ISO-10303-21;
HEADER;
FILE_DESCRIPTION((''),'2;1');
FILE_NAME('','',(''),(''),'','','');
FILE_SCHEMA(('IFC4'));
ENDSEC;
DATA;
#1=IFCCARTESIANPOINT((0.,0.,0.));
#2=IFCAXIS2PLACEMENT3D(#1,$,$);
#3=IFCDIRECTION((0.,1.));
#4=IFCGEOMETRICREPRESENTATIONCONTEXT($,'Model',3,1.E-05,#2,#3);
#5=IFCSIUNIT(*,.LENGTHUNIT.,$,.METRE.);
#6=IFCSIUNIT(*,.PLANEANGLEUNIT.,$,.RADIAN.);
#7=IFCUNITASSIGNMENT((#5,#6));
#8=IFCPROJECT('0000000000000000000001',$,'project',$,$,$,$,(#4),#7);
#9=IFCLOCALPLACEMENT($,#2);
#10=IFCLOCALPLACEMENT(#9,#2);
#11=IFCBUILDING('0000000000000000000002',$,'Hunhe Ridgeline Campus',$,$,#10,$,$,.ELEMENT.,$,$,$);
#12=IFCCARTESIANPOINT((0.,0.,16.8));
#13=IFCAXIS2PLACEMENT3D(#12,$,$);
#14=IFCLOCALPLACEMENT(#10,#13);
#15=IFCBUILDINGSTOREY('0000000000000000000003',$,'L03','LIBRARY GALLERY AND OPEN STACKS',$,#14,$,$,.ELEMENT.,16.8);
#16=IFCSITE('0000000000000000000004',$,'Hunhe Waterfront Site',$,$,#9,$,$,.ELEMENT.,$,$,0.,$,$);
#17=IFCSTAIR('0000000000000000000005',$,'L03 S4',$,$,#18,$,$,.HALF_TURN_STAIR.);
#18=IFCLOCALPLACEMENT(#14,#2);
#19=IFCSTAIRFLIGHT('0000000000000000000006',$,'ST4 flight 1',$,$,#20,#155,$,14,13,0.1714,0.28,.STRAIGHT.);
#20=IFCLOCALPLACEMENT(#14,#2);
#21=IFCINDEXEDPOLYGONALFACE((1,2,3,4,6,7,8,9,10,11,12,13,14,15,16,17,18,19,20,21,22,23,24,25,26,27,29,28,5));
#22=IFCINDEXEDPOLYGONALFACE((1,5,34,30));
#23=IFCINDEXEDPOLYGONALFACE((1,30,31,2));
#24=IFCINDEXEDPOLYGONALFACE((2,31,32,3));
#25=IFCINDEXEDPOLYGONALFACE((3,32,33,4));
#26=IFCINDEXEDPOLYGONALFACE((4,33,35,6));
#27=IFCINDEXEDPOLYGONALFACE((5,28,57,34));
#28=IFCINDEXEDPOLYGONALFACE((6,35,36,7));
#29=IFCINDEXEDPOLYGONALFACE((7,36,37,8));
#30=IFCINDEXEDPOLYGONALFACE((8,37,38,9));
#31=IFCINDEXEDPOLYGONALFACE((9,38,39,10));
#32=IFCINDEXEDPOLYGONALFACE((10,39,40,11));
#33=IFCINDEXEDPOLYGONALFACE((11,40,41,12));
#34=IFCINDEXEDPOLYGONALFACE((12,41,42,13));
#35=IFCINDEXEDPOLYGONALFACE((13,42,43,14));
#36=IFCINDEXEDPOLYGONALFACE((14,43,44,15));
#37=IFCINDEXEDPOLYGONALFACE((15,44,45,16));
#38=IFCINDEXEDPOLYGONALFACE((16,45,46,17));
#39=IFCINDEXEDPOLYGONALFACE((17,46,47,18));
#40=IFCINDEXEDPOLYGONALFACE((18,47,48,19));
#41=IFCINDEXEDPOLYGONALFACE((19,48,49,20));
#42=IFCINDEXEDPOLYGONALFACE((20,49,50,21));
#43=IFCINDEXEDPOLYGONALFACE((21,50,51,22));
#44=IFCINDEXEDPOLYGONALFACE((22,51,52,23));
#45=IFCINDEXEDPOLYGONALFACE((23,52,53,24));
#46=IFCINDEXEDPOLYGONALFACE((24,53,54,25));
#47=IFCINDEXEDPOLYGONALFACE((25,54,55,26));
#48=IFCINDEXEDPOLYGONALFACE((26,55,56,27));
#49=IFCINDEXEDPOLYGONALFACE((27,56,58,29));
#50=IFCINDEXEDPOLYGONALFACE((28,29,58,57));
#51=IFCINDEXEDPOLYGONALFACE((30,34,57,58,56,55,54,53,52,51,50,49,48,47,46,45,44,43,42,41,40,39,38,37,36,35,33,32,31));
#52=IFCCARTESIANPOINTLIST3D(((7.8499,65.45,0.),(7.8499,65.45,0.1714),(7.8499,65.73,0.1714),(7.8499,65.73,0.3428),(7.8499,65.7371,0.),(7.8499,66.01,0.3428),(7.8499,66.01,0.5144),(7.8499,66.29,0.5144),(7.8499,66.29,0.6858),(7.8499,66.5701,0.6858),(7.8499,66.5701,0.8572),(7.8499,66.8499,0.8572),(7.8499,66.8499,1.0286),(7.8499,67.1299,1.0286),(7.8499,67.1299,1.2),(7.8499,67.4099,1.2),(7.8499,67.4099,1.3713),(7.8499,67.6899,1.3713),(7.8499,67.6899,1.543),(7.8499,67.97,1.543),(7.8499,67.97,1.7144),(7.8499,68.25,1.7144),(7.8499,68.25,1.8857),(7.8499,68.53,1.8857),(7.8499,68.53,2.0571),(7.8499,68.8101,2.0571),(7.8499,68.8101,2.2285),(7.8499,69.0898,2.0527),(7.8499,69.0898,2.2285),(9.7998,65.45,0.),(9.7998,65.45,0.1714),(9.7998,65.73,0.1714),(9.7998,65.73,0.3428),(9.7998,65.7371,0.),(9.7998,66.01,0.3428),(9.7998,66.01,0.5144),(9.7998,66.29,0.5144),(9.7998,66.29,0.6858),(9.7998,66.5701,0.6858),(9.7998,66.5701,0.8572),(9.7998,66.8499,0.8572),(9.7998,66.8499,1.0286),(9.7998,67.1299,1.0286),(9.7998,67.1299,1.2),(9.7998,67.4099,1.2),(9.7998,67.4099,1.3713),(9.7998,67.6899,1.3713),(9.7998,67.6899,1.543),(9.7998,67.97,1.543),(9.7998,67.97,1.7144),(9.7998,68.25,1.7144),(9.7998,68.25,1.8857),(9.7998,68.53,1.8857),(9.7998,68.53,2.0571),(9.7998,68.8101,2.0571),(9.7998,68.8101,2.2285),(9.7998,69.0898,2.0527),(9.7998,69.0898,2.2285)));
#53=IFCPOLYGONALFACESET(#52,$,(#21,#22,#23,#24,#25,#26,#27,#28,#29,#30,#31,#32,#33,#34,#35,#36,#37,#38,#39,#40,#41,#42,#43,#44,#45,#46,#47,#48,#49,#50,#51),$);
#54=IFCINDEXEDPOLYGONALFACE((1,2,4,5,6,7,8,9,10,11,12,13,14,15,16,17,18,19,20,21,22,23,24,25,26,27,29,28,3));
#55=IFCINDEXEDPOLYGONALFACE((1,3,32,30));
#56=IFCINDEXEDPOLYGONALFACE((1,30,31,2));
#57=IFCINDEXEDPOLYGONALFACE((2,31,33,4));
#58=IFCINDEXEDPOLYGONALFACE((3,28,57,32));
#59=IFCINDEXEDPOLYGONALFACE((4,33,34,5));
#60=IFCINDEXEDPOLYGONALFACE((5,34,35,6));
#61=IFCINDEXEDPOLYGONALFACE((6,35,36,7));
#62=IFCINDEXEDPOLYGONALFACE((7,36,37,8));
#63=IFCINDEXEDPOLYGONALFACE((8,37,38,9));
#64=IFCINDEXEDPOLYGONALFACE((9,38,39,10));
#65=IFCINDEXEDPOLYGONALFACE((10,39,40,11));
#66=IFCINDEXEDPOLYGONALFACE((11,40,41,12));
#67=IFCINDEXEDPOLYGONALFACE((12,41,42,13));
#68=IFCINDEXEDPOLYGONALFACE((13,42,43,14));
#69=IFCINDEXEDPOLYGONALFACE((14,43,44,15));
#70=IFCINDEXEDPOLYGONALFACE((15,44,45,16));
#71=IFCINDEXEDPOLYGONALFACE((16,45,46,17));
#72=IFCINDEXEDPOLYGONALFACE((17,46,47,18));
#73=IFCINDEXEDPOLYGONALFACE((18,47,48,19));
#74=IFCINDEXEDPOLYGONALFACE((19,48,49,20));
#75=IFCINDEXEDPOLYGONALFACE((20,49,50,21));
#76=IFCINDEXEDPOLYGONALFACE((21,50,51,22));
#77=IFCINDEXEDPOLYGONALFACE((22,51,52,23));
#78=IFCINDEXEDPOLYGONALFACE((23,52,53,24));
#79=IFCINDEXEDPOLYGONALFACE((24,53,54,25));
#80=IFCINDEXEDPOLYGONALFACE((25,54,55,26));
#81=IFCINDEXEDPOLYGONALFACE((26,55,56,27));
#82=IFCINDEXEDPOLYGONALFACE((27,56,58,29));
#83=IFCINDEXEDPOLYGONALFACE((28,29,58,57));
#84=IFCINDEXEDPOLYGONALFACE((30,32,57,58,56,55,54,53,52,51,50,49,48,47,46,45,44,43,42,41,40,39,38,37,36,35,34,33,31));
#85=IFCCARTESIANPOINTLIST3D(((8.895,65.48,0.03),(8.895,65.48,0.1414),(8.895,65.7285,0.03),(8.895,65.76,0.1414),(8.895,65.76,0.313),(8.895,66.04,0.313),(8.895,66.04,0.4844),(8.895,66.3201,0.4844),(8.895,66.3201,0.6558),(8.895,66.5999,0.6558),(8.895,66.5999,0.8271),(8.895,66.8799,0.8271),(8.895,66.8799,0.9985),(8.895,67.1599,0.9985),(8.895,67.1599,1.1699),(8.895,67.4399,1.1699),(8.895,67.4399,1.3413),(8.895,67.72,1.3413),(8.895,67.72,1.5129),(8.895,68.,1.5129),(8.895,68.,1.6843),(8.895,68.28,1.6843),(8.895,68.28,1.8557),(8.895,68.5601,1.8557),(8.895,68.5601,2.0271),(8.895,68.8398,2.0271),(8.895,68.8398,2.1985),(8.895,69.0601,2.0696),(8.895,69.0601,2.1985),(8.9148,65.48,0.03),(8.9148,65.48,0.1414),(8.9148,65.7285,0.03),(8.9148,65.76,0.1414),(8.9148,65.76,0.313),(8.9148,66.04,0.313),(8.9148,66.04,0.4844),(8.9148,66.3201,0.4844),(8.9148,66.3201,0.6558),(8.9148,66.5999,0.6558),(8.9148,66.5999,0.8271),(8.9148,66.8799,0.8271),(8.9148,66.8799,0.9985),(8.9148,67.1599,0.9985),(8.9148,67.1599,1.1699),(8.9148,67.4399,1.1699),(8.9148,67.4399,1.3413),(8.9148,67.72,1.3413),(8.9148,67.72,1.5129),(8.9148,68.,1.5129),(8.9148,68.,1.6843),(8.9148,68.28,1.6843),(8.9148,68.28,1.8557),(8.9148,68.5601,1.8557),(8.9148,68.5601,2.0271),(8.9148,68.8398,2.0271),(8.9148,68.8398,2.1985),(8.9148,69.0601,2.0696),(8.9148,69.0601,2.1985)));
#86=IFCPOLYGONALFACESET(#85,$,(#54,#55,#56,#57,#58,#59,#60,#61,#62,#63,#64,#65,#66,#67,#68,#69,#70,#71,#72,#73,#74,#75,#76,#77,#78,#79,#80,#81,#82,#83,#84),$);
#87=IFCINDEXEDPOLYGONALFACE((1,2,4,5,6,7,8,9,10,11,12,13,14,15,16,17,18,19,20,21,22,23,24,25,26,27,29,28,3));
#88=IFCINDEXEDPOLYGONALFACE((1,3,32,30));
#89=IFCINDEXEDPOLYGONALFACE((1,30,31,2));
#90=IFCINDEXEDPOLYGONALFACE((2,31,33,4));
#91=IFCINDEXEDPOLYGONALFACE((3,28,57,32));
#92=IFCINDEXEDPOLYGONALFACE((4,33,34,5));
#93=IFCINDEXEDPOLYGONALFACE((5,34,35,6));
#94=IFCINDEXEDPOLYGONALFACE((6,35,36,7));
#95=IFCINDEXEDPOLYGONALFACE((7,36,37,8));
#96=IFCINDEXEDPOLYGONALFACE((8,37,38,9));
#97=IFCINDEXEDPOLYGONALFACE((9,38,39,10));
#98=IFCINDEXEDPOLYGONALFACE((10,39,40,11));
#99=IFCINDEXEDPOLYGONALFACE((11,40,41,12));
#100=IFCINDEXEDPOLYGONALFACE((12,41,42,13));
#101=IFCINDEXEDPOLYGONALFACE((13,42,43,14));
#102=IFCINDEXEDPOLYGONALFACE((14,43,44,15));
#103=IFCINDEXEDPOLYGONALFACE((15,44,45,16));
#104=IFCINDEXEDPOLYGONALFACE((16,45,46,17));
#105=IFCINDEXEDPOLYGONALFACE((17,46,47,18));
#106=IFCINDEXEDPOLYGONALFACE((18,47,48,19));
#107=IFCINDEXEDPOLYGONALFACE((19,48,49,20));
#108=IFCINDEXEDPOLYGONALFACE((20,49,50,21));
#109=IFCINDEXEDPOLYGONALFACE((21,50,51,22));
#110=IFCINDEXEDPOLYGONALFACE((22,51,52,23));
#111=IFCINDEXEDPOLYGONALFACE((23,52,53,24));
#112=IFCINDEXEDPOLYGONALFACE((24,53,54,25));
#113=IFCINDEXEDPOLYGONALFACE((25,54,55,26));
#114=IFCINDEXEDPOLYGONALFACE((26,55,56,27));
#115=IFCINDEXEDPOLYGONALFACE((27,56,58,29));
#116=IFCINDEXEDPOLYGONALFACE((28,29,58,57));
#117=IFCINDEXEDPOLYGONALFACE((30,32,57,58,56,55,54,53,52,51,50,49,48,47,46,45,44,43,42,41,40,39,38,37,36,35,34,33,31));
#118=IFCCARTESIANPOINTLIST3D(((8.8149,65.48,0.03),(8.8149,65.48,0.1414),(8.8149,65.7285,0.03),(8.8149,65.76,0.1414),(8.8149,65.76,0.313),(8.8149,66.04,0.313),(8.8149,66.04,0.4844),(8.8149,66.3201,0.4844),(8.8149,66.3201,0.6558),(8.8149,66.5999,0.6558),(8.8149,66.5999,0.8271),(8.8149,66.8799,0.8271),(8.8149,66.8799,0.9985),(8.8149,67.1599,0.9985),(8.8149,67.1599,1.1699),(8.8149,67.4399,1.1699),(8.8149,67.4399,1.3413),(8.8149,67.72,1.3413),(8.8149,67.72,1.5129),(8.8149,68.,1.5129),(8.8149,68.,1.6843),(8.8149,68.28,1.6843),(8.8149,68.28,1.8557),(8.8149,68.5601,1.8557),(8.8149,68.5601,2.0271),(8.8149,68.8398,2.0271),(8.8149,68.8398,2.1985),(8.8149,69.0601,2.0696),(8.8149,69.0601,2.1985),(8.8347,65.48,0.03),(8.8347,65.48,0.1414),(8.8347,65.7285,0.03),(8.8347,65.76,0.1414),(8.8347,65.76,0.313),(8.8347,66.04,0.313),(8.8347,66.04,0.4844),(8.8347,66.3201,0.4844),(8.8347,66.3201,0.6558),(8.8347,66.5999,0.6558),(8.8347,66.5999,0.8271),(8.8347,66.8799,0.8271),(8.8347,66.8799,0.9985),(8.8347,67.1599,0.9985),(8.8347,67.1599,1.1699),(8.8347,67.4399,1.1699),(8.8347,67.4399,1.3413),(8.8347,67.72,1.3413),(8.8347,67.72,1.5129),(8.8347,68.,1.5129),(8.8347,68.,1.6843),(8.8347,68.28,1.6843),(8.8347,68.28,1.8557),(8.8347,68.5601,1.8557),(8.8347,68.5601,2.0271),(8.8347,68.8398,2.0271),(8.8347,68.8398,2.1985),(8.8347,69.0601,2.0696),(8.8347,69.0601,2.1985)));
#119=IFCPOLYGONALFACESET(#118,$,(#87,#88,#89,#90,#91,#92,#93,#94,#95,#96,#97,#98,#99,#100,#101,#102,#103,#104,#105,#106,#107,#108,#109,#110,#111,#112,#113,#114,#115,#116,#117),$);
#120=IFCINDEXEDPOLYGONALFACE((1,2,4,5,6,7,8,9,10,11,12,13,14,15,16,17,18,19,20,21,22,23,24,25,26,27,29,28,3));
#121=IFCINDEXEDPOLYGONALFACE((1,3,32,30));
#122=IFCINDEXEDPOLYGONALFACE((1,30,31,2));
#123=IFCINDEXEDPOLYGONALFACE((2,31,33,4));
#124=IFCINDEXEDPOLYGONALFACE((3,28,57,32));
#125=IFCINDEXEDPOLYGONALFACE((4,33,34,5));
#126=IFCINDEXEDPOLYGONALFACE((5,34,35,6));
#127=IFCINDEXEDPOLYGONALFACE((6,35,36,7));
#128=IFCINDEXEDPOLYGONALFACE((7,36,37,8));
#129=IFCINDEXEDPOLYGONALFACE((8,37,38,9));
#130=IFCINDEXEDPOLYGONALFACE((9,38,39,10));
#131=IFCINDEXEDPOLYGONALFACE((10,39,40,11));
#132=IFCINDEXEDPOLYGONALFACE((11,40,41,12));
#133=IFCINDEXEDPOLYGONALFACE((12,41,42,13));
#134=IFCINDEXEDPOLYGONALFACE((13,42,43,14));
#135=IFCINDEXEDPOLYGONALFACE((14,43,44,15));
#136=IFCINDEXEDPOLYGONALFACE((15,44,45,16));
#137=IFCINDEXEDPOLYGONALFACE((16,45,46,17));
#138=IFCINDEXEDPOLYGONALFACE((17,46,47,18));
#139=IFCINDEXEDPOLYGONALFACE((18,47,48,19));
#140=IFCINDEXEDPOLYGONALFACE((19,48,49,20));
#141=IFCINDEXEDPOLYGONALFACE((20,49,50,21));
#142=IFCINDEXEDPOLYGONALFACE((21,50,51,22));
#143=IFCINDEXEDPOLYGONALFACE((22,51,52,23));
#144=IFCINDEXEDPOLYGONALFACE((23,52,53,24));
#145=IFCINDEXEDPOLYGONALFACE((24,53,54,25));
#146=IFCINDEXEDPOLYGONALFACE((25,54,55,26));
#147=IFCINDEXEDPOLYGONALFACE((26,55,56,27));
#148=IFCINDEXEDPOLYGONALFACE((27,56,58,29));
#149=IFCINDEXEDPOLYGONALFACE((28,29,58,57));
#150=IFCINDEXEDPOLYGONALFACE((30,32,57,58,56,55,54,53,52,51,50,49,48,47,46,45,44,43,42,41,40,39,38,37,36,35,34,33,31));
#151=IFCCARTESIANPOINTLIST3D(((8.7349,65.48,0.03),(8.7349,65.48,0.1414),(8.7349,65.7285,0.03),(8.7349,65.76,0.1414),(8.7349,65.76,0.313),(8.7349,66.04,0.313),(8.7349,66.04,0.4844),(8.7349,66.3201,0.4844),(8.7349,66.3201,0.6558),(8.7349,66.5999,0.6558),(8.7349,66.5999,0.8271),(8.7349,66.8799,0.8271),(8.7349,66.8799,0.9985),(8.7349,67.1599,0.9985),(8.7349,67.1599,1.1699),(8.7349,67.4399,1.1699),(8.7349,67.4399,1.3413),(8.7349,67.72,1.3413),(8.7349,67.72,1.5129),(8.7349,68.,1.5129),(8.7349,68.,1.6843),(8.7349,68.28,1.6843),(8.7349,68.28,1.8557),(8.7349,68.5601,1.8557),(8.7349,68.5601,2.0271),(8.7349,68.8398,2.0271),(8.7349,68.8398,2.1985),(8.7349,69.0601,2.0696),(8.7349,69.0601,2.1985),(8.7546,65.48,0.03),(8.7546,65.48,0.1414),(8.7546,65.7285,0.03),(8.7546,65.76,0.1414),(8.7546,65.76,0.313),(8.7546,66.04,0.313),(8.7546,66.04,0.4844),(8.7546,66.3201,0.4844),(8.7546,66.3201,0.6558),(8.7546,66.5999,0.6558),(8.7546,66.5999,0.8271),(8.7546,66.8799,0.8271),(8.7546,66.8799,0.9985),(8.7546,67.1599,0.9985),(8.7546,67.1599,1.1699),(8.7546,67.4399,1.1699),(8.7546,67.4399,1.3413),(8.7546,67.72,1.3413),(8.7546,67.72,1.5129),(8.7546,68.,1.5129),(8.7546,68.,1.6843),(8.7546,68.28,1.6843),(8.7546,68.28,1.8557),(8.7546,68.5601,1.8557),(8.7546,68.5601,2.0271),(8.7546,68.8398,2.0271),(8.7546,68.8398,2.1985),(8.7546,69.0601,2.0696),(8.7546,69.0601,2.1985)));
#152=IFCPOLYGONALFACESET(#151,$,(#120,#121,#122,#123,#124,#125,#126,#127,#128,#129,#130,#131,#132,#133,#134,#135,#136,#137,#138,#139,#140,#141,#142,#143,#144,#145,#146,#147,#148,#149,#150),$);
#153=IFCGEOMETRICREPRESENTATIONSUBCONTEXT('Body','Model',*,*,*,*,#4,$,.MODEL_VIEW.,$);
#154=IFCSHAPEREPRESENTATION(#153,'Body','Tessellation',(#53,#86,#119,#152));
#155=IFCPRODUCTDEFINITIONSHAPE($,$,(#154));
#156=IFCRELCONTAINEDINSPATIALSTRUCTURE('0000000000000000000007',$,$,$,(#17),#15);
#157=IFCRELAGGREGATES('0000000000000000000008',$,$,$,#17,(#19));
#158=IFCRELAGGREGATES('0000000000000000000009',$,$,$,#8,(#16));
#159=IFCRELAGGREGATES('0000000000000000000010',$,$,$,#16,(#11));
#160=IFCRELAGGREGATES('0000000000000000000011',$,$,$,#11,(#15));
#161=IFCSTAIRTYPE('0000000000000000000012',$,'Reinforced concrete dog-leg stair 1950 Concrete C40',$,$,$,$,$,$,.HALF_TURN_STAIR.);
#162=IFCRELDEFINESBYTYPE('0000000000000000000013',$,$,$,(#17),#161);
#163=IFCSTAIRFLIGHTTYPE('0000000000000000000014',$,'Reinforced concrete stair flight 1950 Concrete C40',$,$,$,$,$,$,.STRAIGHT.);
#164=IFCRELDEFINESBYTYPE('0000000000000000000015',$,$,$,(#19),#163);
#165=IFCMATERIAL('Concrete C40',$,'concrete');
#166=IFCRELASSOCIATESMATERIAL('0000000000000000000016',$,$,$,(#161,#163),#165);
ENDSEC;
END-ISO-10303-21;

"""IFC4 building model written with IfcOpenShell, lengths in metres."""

from ifc_helpers import new_model, si_unit, direction, frame, origin, place, context, subcontext, project, spatial, polyline, outline, extrude, material, type_object, element, aggregate, save


model = new_model("IFC4")

# Units and contexts
model_context = context("Model", 3, precision=1e-05, world=origin(), true_north=direction((0.0, 1.0)))
body_context = subcontext(model_context, "Body", "Model", "MODEL_VIEW")
ifc_project = project(units=[si_unit("LENGTHUNIT", "METRE"), si_unit("PLANEANGLEUNIT", "RADIAN")], contexts=[model_context])

# Site, building, storey
site_placement = place(None, origin())
site = spatial("IfcSite", under=ifc_project, at=site_placement, Name="Hunhe Waterfront Site", CompositionType="ELEMENT", RefElevation=0.0)
building_placement = place(site_placement, origin())
building = spatial("IfcBuilding", under=site, at=building_placement, Name="Hunhe Ridgeline Campus", CompositionType="ELEMENT")
storey_placement = place(building_placement, frame((0.0, 0.0, 16.8)))
storey = spatial("IfcBuildingStorey", under=building, at=storey_placement, Name="L03", Description="LIBRARY GALLERY AND OPEN STACKS", CompositionType="ELEMENT", Elevation=16.8)

# Stair, stair flight
ifc_material_1 = material(Name="Concrete C40", Category="concrete")
stair_type = type_object("IfcStairType", Name="Reinforced concrete dog-leg stair 1950 Concrete C40", PredefinedType="HALF_TURN_STAIR", material=ifc_material_1)
stair_flight_type = type_object("IfcStairFlightType", Name="Reinforced concrete stair flight 1950 Concrete C40", PredefinedType="STRAIGHT", material=ifc_material_1)
stair_1_placement = place(storey_placement, origin())
stair_1 = element("IfcStair", 1, at=stair_1_placement, inside=storey, type_object=stair_type, Name="L03 S4", PredefinedType="HALF_TURN_STAIR")
stair_flight_1_placement = place(storey_placement, frame((8.825, 65.45, 0.0), z_axis=(0.0, 0.0, 1.0), x_axis=(0.0, 1.0, 0.0)))
stair_flight_1 = element("IfcStairFlight", 2, at=stair_flight_1_placement, type_object=stair_flight_type, Name="ST4 flight 1", NumberOfRisers=14, NumberOfTreads=13, PredefinedType="STRAIGHT", RiserHeight=0.1714, TreadLength=0.28, context=body_context, shape_type="SweptSolid", body=[
    extrude(outline(polyline([(0.0, 0.0), (0.0, 0.1714), (0.28, 0.1714), (0.28, 0.3428), (0.5601, 0.3428), (0.5601, 0.5144), (0.8401, 0.5144), (0.8401, 0.6858), (1.1201, 0.6858), (1.1201, 0.8572), (1.3999, 0.8572), (1.3999, 1.0286), (1.6799, 1.0286), (1.6799, 1.2), (1.96, 1.2), (1.96, 1.3713), (2.24, 1.3713), (2.24, 1.543), (2.52, 1.543), (2.52, 1.7144), (2.8, 1.7144), (2.8, 1.8857), (3.0801, 1.8857), (3.0801, 2.0571), (3.3601, 2.0571), (3.3601, 2.2285), (3.6399, 2.2285), (3.6399, 2.3999), (3.6399, 2.0527), (0.2871, 0.0), (0.0, 0.0)])), frame((0.0, 0.9751, 0.0), z_axis=(0.0, -1.0, 0.0), x_axis=(1.0, 0.0, 0.0)), (0.0, 0.0, 1.0), 1.95),
    extrude(outline(polyline([(0.03, 0.03), (0.03, 0.1414), (0.3101, 0.1414), (0.3101, 0.313), (0.5901, 0.313), (0.5901, 0.4844), (0.8701, 0.4844), (0.8701, 0.6558), (1.1499, 0.6558), (1.1499, 0.8271), (1.4299, 0.8271), (1.4299, 0.9985), (1.71, 0.9985), (1.71, 1.1699), (1.99, 1.1699), (1.99, 1.3413), (2.27, 1.3413), (2.27, 1.5129), (2.55, 1.5129), (2.55, 1.6843), (2.8301, 1.6843), (2.8301, 1.8557), (3.1101, 1.8557), (3.1101, 2.0271), (3.3899, 2.0271), (3.3899, 2.1985), (3.6101, 2.1985), (3.6101, 2.0696), (0.2786, 0.03), (0.03, 0.03)])), frame((0.0, -0.0701, 0.0), z_axis=(0.0, -1.0, 0.0), x_axis=(1.0, 0.0, 0.0)), (0.0, 0.0, 1.0), 0.0198),
    extrude(outline(polyline([(0.03, 0.03), (0.03, 0.1414), (0.3101, 0.1414), (0.3101, 0.313), (0.5901, 0.313), (0.5901, 0.4844), (0.8701, 0.4844), (0.8701, 0.6558), (1.1499, 0.6558), (1.1499, 0.8271), (1.4299, 0.8271), (1.4299, 0.9985), (1.71, 0.9985), (1.71, 1.1699), (1.99, 1.1699), (1.99, 1.3413), (2.27, 1.3413), (2.27, 1.5129), (2.55, 1.5129), (2.55, 1.6843), (2.8301, 1.6843), (2.8301, 1.8557), (3.1101, 1.8557), (3.1101, 2.0271), (3.3899, 2.0271), (3.3899, 2.1985), (3.6101, 2.1985), (3.6101, 2.0696), (0.2786, 0.03), (0.03, 0.03)])), frame((0.0, 0.01, 0.0), z_axis=(0.0, -1.0, 0.0), x_axis=(1.0, 0.0, 0.0)), (0.0, 0.0, 1.0), 0.0198),
    extrude(outline(polyline([(0.03, 0.03), (0.03, 0.1414), (0.3101, 0.1414), (0.3101, 0.313), (0.5901, 0.313), (0.5901, 0.4844), (0.8701, 0.4844), (0.8701, 0.6558), (1.1499, 0.6558), (1.1499, 0.8271), (1.4299, 0.8271), (1.4299, 0.9985), (1.71, 0.9985), (1.71, 1.1699), (1.99, 1.1699), (1.99, 1.3413), (2.27, 1.3413), (2.27, 1.5129), (2.55, 1.5129), (2.55, 1.6843), (2.8301, 1.6843), (2.8301, 1.8557), (3.1101, 1.8557), (3.1101, 2.0271), (3.3899, 2.0271), (3.3899, 2.1985), (3.6101, 2.1985), (3.6101, 2.0696), (0.2786, 0.03), (0.03, 0.03)])), frame((0.0, 0.0901, 0.0), z_axis=(0.0, -1.0, 0.0), x_axis=(1.0, 0.0, 0.0)), (0.0, 0.0, 1.0), 0.0198),
])
aggregate(stair_1, [stair_flight_1])

save(model, "model.ifc")
